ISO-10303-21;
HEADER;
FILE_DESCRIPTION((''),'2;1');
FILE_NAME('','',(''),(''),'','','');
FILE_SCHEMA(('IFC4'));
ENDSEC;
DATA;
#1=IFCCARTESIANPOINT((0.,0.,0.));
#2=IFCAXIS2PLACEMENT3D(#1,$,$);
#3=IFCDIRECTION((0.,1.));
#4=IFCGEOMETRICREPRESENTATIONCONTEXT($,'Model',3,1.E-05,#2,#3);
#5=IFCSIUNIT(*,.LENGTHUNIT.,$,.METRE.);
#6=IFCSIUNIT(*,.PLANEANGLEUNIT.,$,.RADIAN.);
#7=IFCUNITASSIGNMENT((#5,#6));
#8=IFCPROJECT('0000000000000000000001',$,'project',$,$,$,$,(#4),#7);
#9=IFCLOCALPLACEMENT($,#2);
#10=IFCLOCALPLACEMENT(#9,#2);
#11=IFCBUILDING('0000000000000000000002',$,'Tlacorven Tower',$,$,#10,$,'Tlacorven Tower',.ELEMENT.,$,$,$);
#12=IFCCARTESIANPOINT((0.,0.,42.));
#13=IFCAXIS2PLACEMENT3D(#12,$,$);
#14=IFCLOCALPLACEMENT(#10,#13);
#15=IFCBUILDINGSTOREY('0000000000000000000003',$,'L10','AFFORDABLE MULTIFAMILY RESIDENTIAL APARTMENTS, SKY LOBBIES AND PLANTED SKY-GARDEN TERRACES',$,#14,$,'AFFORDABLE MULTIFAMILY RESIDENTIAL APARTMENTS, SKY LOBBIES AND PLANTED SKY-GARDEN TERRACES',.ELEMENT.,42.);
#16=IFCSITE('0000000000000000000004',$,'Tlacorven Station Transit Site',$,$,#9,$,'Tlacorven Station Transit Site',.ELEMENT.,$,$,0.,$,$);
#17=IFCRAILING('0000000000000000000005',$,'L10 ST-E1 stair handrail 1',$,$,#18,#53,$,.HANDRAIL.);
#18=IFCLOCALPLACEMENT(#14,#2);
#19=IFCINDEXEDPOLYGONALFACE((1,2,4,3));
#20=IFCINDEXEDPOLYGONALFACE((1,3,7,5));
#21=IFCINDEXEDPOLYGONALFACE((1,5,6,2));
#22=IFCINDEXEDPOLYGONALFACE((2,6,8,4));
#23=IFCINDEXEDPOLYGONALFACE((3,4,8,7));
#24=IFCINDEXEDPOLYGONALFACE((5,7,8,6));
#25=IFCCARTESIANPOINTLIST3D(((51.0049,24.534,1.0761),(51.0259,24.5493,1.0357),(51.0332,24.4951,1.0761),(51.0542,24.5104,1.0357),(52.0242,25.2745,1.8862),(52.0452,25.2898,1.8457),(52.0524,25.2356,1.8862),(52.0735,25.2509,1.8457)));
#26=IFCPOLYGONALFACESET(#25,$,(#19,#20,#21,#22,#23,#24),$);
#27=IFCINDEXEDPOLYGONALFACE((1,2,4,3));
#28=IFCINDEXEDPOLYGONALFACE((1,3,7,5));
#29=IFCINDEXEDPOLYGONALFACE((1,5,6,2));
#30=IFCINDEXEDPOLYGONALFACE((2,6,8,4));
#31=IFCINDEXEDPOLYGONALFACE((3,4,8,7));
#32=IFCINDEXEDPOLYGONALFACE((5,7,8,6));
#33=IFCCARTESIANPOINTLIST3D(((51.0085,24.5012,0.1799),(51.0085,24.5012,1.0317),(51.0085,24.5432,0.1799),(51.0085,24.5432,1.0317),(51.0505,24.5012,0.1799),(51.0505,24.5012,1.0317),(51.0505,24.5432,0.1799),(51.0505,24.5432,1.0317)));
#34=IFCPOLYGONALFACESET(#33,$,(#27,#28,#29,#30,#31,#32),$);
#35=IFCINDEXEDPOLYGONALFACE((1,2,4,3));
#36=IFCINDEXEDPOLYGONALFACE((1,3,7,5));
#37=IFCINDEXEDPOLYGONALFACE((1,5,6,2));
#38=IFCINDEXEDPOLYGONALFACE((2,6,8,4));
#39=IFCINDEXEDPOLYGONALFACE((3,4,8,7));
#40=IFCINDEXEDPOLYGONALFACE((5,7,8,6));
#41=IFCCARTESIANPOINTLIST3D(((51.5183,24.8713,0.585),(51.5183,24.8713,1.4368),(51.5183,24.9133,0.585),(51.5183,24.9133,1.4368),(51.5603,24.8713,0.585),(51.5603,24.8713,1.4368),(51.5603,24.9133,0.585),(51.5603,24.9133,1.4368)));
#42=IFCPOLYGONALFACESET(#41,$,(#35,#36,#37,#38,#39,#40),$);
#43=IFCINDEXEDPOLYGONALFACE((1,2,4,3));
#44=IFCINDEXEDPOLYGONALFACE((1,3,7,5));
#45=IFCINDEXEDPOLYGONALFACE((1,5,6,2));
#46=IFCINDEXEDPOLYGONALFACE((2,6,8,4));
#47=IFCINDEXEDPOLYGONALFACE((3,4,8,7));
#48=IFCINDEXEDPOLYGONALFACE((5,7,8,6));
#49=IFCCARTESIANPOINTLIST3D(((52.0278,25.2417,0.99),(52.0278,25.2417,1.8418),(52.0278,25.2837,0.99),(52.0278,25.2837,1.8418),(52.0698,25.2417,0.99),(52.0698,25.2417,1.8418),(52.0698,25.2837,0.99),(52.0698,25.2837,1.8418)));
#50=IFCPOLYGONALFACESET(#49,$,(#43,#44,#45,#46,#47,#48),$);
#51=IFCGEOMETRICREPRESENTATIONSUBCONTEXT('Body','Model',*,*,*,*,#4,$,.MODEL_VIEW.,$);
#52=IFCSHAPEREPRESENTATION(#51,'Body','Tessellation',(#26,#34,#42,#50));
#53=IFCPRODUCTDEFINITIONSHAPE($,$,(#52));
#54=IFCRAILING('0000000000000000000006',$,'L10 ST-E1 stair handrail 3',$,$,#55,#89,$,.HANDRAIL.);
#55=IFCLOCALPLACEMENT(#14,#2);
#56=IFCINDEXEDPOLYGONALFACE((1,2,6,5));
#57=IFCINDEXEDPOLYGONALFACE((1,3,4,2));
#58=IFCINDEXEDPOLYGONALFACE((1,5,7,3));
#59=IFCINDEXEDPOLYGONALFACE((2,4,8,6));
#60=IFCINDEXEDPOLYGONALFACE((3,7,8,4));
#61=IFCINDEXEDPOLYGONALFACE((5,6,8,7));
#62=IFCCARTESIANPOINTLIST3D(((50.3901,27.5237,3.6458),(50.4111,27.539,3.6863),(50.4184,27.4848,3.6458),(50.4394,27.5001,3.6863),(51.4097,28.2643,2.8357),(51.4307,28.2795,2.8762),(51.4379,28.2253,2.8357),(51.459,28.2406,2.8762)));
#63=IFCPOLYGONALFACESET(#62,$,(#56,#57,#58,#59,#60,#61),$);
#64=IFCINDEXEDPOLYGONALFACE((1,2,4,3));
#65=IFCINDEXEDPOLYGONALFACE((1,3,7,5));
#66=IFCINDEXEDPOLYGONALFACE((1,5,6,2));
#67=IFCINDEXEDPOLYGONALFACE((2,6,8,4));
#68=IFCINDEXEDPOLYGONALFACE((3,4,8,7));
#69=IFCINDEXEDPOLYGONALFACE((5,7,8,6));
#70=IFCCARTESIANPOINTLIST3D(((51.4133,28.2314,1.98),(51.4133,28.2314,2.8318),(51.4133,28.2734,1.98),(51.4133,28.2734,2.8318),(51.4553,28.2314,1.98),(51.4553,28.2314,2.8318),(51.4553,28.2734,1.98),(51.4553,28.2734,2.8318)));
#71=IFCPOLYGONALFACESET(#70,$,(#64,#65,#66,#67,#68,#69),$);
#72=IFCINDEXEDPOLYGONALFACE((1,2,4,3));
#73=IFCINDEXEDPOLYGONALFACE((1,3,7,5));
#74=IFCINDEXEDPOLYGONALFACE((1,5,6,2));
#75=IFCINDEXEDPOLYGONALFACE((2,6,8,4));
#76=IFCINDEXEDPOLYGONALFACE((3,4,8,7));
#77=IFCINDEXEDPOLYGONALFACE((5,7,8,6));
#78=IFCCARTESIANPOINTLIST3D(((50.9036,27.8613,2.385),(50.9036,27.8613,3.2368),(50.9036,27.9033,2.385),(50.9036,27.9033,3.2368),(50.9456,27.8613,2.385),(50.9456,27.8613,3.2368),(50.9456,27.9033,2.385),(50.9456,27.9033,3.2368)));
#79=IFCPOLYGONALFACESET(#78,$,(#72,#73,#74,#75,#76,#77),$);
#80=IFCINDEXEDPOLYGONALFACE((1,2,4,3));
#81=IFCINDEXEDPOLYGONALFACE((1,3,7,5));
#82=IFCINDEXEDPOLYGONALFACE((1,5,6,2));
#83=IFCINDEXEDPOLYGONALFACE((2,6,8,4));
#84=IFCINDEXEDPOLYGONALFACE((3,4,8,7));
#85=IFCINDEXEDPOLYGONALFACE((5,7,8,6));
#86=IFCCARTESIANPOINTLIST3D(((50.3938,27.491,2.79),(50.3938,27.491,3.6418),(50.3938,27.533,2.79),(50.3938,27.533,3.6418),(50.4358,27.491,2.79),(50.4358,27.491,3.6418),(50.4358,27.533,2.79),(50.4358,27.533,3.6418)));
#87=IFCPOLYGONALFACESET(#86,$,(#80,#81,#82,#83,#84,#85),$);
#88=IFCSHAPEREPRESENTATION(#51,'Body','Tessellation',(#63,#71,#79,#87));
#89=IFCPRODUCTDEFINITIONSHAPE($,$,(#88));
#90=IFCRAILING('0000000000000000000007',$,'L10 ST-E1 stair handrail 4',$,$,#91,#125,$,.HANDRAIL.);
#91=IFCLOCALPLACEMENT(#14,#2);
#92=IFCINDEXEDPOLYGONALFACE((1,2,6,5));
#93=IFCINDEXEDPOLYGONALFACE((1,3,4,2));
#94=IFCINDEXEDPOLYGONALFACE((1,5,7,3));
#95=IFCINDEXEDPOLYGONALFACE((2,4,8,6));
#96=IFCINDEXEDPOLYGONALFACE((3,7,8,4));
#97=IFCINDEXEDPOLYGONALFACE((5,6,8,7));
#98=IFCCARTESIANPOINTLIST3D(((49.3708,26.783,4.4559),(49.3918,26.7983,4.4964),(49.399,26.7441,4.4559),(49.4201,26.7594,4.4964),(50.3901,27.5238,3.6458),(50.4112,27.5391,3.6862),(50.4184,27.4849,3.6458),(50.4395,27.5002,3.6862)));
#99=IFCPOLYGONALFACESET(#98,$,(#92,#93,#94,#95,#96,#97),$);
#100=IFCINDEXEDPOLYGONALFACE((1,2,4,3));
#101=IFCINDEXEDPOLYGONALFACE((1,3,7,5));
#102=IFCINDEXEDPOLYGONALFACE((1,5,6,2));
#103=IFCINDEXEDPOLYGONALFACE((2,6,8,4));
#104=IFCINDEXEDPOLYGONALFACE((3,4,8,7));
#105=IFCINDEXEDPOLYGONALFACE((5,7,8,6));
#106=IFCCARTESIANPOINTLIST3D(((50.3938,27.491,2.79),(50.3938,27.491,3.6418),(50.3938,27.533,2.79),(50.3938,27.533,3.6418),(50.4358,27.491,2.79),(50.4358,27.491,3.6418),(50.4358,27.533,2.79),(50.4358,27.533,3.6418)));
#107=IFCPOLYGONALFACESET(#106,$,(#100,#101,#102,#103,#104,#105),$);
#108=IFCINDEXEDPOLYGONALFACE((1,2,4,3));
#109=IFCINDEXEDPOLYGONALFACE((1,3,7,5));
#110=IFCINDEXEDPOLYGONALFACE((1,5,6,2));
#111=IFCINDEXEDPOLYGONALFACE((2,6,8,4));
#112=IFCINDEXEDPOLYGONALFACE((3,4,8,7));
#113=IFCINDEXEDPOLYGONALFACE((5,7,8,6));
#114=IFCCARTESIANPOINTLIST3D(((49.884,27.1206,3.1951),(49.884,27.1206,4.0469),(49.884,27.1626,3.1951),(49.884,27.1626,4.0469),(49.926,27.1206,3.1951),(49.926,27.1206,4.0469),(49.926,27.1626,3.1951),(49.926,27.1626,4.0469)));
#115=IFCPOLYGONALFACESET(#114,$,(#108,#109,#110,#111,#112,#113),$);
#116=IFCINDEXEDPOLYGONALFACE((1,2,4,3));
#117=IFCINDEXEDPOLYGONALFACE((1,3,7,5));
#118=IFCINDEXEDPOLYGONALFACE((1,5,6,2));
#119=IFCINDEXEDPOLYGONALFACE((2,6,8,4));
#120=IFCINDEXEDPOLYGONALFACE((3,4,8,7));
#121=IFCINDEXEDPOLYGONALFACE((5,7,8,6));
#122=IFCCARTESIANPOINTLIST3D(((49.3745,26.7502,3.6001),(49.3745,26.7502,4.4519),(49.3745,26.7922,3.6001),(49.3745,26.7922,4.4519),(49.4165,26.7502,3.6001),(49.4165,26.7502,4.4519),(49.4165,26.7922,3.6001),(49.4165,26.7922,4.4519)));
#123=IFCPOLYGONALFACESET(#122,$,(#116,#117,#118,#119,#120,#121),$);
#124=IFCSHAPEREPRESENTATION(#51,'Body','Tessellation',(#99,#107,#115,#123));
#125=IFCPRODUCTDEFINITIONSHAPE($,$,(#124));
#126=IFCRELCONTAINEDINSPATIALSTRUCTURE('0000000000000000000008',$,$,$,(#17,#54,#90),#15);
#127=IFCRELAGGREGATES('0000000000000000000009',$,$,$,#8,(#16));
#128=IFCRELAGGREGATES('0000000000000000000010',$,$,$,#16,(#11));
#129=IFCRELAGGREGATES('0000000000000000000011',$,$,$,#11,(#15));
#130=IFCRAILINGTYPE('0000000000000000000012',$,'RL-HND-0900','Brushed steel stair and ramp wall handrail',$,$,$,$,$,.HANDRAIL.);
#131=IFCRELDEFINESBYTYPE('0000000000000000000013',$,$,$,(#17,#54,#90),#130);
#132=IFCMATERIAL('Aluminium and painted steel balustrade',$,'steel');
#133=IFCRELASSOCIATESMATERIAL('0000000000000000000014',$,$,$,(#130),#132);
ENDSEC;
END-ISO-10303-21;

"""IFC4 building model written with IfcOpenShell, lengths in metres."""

from ifc_helpers import new_model, si_unit, direction, frame, origin, origin_2d, place, context, subcontext, project, spatial, rectangle, extrude, source, transform, mapped, material, type_object, element, save


model = new_model("IFC4")

# Units and contexts
model_context = context("Model", 3, precision=1e-05, world=origin(), true_north=direction((0.0, 1.0)))
body_context = subcontext(model_context, "Body", "Model", "MODEL_VIEW")
ifc_project = project(units=[si_unit("LENGTHUNIT", "METRE"), si_unit("PLANEANGLEUNIT", "RADIAN")], contexts=[model_context])

# Site, building, storey
site_placement = place(None, origin())
site = spatial("IfcSite", under=ifc_project, at=site_placement, Name="Tlacorven Station Transit Site", LongName="Tlacorven Station Transit Site", CompositionType="ELEMENT", RefElevation=0.0)
building_placement = place(site_placement, origin())
building = spatial("IfcBuilding", under=site, at=building_placement, Name="Tlacorven Tower", LongName="Tlacorven Tower", CompositionType="ELEMENT")
storey_placement = place(building_placement, frame((0.0, 0.0, 42.0)))
storey = spatial("IfcBuildingStorey", under=building, at=storey_placement, Name="L10", Description="AFFORDABLE MULTIFAMILY RESIDENTIAL APARTMENTS, SKY LOBBIES AND PLANTED SKY-GARDEN TERRACES", LongName="AFFORDABLE MULTIFAMILY RESIDENTIAL APARTMENTS, SKY LOBBIES AND PLANTED SKY-GARDEN TERRACES", CompositionType="ELEMENT", Elevation=42.0)

# Railings
ifc_material_1 = material(Name="Aluminium and painted steel balustrade", Category="steel")
railing_type_1 = type_object("IfcRailingType", Name="RL-HND-0900", Description="Brushed steel stair and ramp wall handrail", PredefinedType="HANDRAIL", material=ifc_material_1)
shared_shape_1 = source(origin(), body_context, "Body", "SweptSolid", [
    extrude(rectangle(XDim=0.0481, YDim=0.0481, at=origin_2d()), frame((0.0, 0.0, 0.876), z_axis=(0.680516, 0.494373, 0.540827), x_axis=(-0.587745, 0.809046, 0.0)), (0.0, 0.0, 1.0), 1.4978),
    extrude(rectangle(XDim=0.042, YDim=0.042, at=origin_2d()), origin(), (0.0, 0.0, 1.0), 0.8518),
    extrude(rectangle(XDim=0.042, YDim=0.042, at=origin_2d()), frame((0.5098, 0.3701, 0.405)), (0.0, 0.0, 1.0), 0.8518),
    extrude(rectangle(XDim=0.042, YDim=0.042, at=origin_2d()), frame((1.0193, 0.7405, 0.8101)), (0.0, 0.0, 1.0), 0.8518),
])
railing_1_placement = place(storey_placement, frame((51.0295, 24.5222, 0.1799)))
element("IfcRailing", 1, at=railing_1_placement, inside=storey, type_object=railing_type_1, Name="L10 ST-E1 stair handrail 1", PredefinedType="HANDRAIL", context=body_context, shape_type="MappedRepresentation", body=[
    mapped(shared_shape_1, transform((0.0, 0.0, 0.0), scale=1.0)),
])
shared_shape_2 = source(origin(), body_context, "Body", "SweptSolid", [
    extrude(rectangle(XDim=0.0481, YDim=0.0481, at=origin_2d()), frame((0.0, 0.0, 0.876), z_axis=(-0.680604, -0.494318, 0.540767), x_axis=(0.587653, -0.809113, 0.0)), (0.0, 0.0, 1.0), 1.498),
    extrude(rectangle(XDim=0.042, YDim=0.042, at=origin_2d()), origin(), (0.0, 0.0, 1.0), 0.8518),
    extrude(rectangle(XDim=0.042, YDim=0.042, at=origin_2d()), frame((-0.5098, -0.3701, 0.405)), (0.0, 0.0, 1.0), 0.8518),
    extrude(rectangle(XDim=0.042, YDim=0.042, at=origin_2d()), frame((-1.0195, -0.7405, 0.8101)), (0.0, 0.0, 1.0), 0.8518),
])
railing_2_placement = place(storey_placement, frame((51.4343, 28.2524, 1.98)))
element("IfcRailing", 2, at=railing_2_placement, inside=storey, type_object=railing_type_1, Name="L10 ST-E1 stair handrail 3", PredefinedType="HANDRAIL", context=body_context, shape_type="MappedRepresentation", body=[
    mapped(shared_shape_2, transform((0.0, 0.0, 0.0), scale=1.0)),
])
shared_shape_3 = source(origin(), body_context, "Body", "SweptSolid", [
    extrude(rectangle(XDim=0.0481, YDim=0.0481, at=origin_2d()), frame((0.0, 0.0, 0.876), z_axis=(-0.680461, -0.494496, 0.540783), x_axis=(0.587872, -0.808954, 0.0)), (0.0, 0.0, 1.0), 1.498),
    extrude(rectangle(XDim=0.042, YDim=0.042, at=origin_2d()), origin(), (0.0, 0.0, 1.0), 0.8518),
    extrude(rectangle(XDim=0.042, YDim=0.042, at=origin_2d()), frame((-0.5098, -0.3704, 0.405)), (0.0, 0.0, 1.0), 0.8518),
    extrude(rectangle(XDim=0.042, YDim=0.042, at=origin_2d()), frame((-1.0193, -0.7407, 0.8101)), (0.0, 0.0, 1.0), 0.8518),
])
railing_3_placement = place(storey_placement, frame((50.4148, 27.512, 2.79)))
element("IfcRailing", 3, at=railing_3_placement, inside=storey, type_object=railing_type_1, Name="L10 ST-E1 stair handrail 4", PredefinedType="HANDRAIL", context=body_context, shape_type="MappedRepresentation", body=[
    mapped(shared_shape_3, transform((0.0, 0.0, 0.0), scale=1.0)),
])

save(model, "model.ifc")
